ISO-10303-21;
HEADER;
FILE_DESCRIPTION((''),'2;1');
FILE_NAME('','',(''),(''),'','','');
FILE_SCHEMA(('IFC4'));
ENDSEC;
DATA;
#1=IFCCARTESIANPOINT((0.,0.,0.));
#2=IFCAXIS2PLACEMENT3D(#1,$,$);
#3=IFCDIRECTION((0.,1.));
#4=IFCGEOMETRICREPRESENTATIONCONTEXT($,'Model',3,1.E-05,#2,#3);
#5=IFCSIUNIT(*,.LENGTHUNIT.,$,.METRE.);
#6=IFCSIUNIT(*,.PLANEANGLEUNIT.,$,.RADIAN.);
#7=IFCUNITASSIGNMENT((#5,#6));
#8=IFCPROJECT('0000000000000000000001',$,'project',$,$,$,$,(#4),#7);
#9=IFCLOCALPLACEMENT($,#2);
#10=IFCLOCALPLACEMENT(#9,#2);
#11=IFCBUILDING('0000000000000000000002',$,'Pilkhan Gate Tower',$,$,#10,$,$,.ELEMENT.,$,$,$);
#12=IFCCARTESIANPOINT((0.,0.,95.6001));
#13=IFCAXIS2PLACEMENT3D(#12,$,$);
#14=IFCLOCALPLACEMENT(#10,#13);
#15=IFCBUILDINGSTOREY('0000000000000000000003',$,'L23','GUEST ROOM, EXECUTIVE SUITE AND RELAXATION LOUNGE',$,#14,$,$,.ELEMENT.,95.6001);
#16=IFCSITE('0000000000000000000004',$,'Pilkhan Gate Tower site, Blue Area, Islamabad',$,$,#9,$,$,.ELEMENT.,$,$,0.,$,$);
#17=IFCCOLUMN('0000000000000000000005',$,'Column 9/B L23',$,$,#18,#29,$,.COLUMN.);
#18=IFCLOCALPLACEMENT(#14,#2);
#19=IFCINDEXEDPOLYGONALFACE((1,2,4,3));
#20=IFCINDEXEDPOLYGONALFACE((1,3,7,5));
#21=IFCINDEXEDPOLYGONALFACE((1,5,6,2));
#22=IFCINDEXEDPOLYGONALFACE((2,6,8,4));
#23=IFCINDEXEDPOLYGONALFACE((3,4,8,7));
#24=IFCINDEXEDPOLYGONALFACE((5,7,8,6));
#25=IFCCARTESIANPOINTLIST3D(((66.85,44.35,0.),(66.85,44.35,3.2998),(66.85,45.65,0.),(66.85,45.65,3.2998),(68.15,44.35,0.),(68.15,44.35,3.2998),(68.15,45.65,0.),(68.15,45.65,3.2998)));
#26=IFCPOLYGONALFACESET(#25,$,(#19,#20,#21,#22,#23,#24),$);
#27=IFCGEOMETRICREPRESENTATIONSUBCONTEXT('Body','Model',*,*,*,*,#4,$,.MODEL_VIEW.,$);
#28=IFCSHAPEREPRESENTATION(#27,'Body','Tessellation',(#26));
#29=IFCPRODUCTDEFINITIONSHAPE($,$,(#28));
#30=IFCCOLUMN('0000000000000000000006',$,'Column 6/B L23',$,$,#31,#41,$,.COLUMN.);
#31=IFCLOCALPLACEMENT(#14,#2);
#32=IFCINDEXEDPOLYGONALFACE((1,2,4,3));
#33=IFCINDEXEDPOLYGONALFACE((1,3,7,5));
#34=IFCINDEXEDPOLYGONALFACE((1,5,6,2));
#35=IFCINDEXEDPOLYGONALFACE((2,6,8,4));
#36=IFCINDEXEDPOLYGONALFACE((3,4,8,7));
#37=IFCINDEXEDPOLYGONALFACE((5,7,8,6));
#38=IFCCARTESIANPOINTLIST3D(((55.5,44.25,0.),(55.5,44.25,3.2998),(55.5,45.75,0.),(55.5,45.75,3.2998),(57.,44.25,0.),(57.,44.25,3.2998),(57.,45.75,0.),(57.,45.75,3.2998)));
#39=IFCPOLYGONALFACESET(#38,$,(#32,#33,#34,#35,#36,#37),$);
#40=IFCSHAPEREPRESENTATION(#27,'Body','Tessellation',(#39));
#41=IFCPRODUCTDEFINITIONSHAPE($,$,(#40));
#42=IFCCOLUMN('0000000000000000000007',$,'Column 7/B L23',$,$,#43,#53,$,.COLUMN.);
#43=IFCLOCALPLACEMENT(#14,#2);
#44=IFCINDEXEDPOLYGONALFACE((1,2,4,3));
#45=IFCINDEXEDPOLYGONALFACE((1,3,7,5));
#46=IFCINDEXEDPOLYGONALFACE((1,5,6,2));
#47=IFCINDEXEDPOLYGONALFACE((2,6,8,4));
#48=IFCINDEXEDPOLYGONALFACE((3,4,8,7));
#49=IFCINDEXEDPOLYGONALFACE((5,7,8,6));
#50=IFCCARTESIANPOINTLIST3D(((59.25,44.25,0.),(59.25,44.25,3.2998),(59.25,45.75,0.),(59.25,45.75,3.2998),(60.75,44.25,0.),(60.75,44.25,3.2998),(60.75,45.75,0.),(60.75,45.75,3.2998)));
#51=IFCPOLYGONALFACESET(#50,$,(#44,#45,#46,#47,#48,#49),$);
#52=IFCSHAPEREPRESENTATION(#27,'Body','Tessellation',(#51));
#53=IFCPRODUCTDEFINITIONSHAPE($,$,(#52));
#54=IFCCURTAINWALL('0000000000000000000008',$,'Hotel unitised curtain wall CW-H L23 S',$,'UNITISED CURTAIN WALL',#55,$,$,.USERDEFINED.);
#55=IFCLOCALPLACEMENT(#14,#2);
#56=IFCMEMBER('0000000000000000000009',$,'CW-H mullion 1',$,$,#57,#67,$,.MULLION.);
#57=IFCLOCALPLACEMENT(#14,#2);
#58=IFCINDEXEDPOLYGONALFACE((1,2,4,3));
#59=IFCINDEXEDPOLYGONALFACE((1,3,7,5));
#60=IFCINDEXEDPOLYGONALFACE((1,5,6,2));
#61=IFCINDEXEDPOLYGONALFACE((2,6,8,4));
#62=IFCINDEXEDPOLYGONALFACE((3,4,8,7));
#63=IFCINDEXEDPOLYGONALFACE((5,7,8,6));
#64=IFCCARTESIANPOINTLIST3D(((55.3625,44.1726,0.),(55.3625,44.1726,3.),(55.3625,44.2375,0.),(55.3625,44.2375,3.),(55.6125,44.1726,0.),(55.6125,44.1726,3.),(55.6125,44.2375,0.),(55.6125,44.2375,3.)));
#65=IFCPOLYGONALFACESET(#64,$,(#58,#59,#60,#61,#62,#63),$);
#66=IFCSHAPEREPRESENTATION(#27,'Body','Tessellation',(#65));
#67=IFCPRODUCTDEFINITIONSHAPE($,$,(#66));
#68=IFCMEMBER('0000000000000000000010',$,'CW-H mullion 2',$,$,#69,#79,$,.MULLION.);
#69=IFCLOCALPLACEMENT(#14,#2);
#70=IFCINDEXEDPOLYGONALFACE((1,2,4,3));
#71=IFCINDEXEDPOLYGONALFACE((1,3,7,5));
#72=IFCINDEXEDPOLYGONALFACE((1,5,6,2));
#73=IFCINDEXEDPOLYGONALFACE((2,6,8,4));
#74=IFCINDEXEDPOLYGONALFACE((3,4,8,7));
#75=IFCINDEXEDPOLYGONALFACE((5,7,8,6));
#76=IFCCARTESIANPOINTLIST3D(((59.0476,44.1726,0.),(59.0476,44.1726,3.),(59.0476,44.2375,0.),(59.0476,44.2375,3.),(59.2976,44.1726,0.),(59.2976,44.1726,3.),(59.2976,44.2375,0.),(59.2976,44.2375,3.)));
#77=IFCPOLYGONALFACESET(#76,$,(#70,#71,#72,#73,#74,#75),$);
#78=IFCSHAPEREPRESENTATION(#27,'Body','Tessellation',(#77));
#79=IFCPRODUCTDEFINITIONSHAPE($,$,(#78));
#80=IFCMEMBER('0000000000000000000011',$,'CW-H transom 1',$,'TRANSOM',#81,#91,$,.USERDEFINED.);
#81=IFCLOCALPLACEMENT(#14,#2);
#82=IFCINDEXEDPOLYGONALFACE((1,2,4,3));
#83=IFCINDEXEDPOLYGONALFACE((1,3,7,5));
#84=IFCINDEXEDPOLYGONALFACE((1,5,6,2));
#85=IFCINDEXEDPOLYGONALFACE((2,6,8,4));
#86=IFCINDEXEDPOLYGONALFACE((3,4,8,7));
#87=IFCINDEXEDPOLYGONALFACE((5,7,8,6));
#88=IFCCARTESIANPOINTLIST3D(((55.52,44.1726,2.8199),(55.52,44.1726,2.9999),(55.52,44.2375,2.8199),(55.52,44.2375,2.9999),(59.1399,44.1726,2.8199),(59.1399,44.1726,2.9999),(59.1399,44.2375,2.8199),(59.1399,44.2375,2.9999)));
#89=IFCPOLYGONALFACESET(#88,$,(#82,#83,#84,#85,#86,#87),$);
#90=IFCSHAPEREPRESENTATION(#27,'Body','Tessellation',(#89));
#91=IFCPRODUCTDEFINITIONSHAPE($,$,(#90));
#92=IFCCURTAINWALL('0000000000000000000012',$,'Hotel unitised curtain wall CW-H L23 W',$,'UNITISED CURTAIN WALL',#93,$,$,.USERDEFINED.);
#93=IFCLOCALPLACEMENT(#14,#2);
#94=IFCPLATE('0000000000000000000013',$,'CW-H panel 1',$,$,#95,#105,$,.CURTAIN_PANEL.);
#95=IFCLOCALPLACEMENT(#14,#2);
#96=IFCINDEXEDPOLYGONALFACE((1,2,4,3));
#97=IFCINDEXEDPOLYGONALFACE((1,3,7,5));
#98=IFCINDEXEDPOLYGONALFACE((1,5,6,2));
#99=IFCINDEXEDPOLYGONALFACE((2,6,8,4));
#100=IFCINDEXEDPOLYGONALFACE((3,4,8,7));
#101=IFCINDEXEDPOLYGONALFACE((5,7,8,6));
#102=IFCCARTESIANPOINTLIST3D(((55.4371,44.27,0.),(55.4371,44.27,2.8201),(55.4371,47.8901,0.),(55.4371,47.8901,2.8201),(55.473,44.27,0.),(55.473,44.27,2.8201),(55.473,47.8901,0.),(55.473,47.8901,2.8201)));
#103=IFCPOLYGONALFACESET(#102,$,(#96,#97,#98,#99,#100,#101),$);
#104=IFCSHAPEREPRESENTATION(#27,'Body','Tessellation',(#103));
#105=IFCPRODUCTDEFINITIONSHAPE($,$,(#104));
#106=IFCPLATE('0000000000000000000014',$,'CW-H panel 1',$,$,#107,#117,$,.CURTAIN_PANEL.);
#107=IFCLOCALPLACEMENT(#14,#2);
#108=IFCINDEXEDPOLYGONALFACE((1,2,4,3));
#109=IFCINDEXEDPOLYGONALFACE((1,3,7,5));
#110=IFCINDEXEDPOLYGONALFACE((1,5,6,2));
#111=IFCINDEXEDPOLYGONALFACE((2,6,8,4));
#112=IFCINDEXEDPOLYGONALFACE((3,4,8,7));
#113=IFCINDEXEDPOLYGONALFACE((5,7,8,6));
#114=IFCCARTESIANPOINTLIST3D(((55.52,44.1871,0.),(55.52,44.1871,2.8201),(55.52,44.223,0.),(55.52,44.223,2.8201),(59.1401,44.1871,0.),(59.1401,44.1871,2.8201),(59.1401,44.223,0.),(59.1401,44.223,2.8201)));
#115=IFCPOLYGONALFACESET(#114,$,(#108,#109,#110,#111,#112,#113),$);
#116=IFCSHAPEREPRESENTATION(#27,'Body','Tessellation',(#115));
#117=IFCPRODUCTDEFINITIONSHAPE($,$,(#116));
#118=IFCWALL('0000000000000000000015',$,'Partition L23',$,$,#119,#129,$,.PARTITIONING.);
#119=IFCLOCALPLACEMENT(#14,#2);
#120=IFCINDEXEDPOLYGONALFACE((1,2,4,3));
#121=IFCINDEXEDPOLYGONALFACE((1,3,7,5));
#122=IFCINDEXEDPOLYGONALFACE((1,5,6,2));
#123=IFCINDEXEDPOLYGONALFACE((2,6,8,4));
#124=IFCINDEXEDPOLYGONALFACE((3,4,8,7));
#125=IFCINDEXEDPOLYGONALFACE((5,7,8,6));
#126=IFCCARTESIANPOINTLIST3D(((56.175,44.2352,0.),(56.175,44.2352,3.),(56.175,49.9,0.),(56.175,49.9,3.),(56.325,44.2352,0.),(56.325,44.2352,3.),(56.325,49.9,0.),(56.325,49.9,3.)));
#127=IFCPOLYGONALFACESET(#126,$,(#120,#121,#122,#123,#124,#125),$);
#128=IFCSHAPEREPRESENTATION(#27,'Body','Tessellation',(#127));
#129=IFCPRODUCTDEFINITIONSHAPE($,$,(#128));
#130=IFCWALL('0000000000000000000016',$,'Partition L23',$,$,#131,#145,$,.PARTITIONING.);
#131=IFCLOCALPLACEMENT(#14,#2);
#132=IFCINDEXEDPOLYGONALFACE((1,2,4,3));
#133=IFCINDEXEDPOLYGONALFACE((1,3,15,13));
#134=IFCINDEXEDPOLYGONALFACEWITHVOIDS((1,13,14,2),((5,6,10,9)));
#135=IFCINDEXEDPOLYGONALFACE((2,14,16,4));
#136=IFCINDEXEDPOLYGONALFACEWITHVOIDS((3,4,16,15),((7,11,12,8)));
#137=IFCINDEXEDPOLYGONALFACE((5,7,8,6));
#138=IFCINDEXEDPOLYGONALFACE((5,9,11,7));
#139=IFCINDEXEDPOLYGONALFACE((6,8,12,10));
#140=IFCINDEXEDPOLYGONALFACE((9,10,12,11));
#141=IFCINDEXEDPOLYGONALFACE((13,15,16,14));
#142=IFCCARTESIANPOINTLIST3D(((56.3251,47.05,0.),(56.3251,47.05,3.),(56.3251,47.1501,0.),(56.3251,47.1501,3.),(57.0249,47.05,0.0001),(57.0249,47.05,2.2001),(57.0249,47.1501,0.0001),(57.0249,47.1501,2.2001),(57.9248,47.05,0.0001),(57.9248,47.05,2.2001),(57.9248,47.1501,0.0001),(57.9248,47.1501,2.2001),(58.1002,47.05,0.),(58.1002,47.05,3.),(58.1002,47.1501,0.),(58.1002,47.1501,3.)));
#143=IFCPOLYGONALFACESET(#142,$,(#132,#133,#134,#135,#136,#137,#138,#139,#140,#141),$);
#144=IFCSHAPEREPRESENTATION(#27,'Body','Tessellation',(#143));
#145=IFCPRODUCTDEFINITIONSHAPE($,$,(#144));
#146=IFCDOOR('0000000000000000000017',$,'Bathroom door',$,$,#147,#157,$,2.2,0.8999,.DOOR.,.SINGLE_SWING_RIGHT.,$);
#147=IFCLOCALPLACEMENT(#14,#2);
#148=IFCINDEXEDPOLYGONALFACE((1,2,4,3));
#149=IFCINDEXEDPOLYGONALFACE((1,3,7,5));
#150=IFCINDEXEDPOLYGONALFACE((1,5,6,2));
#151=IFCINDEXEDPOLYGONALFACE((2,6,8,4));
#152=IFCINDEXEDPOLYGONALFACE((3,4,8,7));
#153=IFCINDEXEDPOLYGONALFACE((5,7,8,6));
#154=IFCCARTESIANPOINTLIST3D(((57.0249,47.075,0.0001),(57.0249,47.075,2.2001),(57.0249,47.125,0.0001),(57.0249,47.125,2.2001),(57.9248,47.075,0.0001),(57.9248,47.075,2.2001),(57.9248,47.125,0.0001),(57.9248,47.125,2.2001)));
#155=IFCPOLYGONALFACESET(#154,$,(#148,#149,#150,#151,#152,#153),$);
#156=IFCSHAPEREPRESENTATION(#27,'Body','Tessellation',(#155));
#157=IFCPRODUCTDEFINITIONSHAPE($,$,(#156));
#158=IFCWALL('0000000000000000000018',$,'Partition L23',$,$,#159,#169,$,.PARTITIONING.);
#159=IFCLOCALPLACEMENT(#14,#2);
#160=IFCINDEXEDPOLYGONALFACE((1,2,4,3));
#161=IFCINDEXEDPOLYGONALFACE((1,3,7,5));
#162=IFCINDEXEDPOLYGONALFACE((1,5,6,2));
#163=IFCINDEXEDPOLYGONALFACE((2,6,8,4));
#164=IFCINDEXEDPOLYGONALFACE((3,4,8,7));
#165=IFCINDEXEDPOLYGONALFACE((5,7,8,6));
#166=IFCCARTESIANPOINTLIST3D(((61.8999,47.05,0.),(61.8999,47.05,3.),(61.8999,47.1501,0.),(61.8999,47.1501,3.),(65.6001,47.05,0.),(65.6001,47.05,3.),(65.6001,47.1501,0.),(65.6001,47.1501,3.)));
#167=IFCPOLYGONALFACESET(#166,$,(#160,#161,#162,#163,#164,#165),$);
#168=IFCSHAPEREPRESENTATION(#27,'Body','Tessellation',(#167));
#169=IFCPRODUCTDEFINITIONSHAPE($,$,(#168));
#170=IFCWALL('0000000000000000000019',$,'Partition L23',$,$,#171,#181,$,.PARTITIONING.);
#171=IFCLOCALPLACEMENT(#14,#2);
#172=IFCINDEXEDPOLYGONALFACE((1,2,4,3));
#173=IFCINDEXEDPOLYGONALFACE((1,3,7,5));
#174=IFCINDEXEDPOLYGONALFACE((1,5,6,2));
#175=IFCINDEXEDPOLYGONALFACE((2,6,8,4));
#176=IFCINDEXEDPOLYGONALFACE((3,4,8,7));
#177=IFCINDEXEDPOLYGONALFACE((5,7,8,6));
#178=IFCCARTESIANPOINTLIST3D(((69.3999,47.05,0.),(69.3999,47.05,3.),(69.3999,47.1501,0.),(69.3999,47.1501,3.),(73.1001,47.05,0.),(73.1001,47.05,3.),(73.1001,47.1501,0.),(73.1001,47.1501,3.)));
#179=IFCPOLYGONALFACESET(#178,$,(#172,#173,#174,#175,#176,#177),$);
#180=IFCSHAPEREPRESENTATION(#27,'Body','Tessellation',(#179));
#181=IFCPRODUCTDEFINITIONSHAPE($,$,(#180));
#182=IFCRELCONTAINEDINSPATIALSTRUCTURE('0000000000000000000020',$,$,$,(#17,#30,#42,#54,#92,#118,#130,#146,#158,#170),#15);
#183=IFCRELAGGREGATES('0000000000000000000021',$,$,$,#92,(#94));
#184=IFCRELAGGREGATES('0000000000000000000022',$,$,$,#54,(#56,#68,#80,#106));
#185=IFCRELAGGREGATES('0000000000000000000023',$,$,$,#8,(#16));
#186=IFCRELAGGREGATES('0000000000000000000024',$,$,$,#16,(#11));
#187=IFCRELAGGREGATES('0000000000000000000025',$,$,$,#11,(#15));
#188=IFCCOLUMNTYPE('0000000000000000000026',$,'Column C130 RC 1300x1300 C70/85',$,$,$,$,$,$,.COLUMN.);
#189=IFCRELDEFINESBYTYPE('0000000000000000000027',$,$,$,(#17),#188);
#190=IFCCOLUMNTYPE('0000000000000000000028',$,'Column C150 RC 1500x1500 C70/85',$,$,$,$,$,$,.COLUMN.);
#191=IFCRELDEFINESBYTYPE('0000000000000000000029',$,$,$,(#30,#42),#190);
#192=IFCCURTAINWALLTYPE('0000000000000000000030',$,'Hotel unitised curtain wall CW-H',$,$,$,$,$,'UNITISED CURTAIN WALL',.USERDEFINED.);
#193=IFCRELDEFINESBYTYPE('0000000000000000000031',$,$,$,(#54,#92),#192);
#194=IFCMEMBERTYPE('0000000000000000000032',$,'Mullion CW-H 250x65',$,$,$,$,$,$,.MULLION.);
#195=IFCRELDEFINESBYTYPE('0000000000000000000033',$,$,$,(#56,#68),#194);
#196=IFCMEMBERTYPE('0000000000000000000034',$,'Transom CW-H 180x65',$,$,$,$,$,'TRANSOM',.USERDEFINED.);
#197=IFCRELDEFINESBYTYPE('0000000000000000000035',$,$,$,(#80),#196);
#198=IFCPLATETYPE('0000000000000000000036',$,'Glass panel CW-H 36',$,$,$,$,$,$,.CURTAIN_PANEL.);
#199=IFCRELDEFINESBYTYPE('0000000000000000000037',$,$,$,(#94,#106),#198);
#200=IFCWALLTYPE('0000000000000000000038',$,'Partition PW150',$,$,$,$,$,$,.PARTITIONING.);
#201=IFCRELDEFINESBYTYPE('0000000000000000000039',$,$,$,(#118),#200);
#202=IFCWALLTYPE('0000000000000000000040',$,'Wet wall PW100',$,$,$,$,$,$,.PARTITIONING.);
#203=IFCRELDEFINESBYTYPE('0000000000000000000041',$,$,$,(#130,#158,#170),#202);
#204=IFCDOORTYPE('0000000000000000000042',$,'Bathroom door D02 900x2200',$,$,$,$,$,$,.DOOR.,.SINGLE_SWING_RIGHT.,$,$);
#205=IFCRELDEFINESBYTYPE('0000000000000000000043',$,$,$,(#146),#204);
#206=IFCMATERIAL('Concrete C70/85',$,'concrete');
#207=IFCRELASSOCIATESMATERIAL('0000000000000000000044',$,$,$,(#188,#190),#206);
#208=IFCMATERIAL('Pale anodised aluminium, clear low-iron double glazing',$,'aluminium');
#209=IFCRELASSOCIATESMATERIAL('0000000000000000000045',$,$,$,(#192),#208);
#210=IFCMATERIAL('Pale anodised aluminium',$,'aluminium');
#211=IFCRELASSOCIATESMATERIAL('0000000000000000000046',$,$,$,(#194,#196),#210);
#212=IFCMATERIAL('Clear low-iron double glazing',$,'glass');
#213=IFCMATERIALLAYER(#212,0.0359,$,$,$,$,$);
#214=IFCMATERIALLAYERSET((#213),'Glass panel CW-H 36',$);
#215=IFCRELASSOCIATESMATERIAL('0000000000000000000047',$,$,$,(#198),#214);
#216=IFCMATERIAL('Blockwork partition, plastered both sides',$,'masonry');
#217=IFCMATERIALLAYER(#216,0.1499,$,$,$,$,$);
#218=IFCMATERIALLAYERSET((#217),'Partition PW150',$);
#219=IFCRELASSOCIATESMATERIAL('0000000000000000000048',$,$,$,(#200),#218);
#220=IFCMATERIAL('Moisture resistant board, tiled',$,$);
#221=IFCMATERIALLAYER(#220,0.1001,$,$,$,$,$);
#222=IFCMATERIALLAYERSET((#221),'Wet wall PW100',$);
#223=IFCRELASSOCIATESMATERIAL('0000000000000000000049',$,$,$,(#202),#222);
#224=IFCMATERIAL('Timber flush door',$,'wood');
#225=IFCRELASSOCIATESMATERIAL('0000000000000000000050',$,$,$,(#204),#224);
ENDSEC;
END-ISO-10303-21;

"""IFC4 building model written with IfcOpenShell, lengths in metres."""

from ifc_helpers import new_model, si_unit, direction, frame, frame_2d, origin, origin_2d, place, context, subcontext, project, spatial, rectangle, extrude, material, layer, layer_set, material_profile, profile_set, type_object, element, fill, aggregate, save


model = new_model("IFC4")

# Units and contexts
model_context = context("Model", 3, precision=1e-05, world=origin(), true_north=direction((0.0, 1.0)))
body_context = subcontext(model_context, "Body", "Model", "MODEL_VIEW")
ifc_project = project(units=[si_unit("LENGTHUNIT", "METRE"), si_unit("PLANEANGLEUNIT", "RADIAN")], contexts=[model_context])

# Site, building, storey
site_placement = place(None, origin())
site = spatial("IfcSite", under=ifc_project, at=site_placement, Name="Pilkhan Gate Tower site, Blue Area, Islamabad", CompositionType="ELEMENT", RefElevation=0.0)
building_placement = place(site_placement, origin())
building = spatial("IfcBuilding", under=site, at=building_placement, Name="Pilkhan Gate Tower", CompositionType="ELEMENT")
storey_placement = place(building_placement, frame((0.0, 0.0, 95.6001)))
storey = spatial("IfcBuildingStorey", under=building, at=storey_placement, Name="L23", Description="GUEST ROOM, EXECUTIVE SUITE AND RELAXATION LOUNGE", CompositionType="ELEMENT", Elevation=95.6001)

# Columns
ifc_material_1 = material(Name="Concrete C70/85", Category="concrete")
ifc_material_profile_1 = material_profile(ifc_material_1, rectangle(XDim=1.3, YDim=1.3, at=origin_2d()), Name="RC 1300x1300")
ifc_profile_set_1 = profile_set([ifc_material_profile_1], Name="Concrete C70/85")
column_type_1 = type_object("IfcColumnType", Name="Column C130 RC 1300x1300 C70/85", PredefinedType="COLUMN", material=ifc_profile_set_1)
column_placement = place(storey_placement, frame((67.5, 45.0, 0.0), z_axis=(0.0, 0.0, 1.0), x_axis=(1.0, 0.0, 0.0)))
element("IfcColumn", 1, at=column_placement, inside=storey, type_object=column_type_1, Name="Column 9/B L23", PredefinedType="COLUMN", context=body_context, shape_type="SweptSolid", body=[
    extrude(rectangle(XDim=1.3, YDim=1.3, at=origin_2d()), origin(), (0.0, 0.0, 1.0), 3.2998),
])
ifc_material_profile_2 = material_profile(ifc_material_1, rectangle(XDim=1.5, YDim=1.5, at=origin_2d()), Name="RC 1500x1500")
ifc_profile_set_2 = profile_set([ifc_material_profile_2], Name="Concrete C70/85")
column_type_2 = type_object("IfcColumnType", Name="Column C150 RC 1500x1500 C70/85", PredefinedType="COLUMN", material=ifc_profile_set_2)
for number, where, z_axis, x_axis, name in (
    (2, (56.25, 45.0, 0.0), (0.0, 0.0, 1.0), (1.0, 0.0, 0.0), "Column 6/B L23"),
    (3, (60.0, 45.0, 0.0), (0.0, 0.0, 1.0), (1.0, 0.0, 0.0), "Column 7/B L23"),
):
    element("IfcColumn", number, at=place(storey_placement, frame(where, z_axis=z_axis, x_axis=x_axis)), inside=storey, type_object=column_type_2, Name=name, PredefinedType="COLUMN", context=body_context, shape_type="SweptSolid", body=[
        extrude(rectangle(XDim=1.5, YDim=1.5, at=origin_2d()), origin(), (0.0, 0.0, 1.0), 3.2998),
    ])

# Curtain wall, members
ifc_material_2 = material(Name="Pale anodised aluminium, clear low-iron double glazing", Category="aluminium")
curtain_wall_type = type_object("IfcCurtainWallType", Name="Hotel unitised curtain wall CW-H", ElementType="UNITISED CURTAIN WALL", PredefinedType="USERDEFINED", material=ifc_material_2)
curtain_wall_1_placement = place(storey_placement, origin())
curtain_wall_1 = element("IfcCurtainWall", 4, at=curtain_wall_1_placement, inside=storey, type_object=curtain_wall_type, Name="Hotel unitised curtain wall CW-H L23 S", ObjectType="UNITISED CURTAIN WALL", PredefinedType="USERDEFINED")
ifc_material_3 = material(Name="Pale anodised aluminium", Category="aluminium")
ifc_material_profile_3 = material_profile(ifc_material_3, rectangle(XDim=0.0649, YDim=0.25, at=origin_2d()), Name="Mullion 250x65")
ifc_profile_set_3 = profile_set([ifc_material_profile_3], Name="Pale anodised aluminium")
member_type_1 = type_object("IfcMemberType", Name="Mullion CW-H 250x65", PredefinedType="MULLION", material=ifc_profile_set_3)
member_1_placement = place(storey_placement, frame((55.4875, 44.2051, 0.0), z_axis=(0.0, 0.0, 1.0), x_axis=(0.0, 1.0, 0.0)))
member_1 = element("IfcMember", 5, at=member_1_placement, type_object=member_type_1, Name="CW-H mullion 1", PredefinedType="MULLION", context=body_context, shape_type="SweptSolid", body=[
    extrude(rectangle(XDim=0.0649, YDim=0.25, at=origin_2d()), origin(), (0.0, 0.0, 1.0), 3.0),
])
member_2_placement = place(storey_placement, frame((59.1726, 44.2051, 0.0), z_axis=(0.0, 0.0, 1.0), x_axis=(0.0, 1.0, 0.0)))
member_2 = element("IfcMember", 6, at=member_2_placement, type_object=member_type_1, Name="CW-H mullion 2", PredefinedType="MULLION", context=body_context, shape_type="SweptSolid", body=[
    extrude(rectangle(XDim=0.0649, YDim=0.25, at=origin_2d()), origin(), (0.0, 0.0, 1.0), 3.0),
])
ifc_material_profile_4 = material_profile(ifc_material_3, rectangle(XDim=0.0649, YDim=0.1799, at=origin_2d()), Name="Transom 180x65")
ifc_profile_set_4 = profile_set([ifc_material_profile_4], Name="Pale anodised aluminium")
member_type_2 = type_object("IfcMemberType", Name="Transom CW-H 180x65", ElementType="TRANSOM", PredefinedType="USERDEFINED", material=ifc_profile_set_4)
member_3_placement = place(storey_placement, frame((55.52, 44.2051, 2.9099), z_axis=(1.0, 0.0, 0.0), x_axis=(0.0, 1.0, 0.0)))
member_3 = element("IfcMember", 7, at=member_3_placement, type_object=member_type_2, Name="CW-H transom 1", ObjectType="TRANSOM", PredefinedType="USERDEFINED", context=body_context, shape_type="SweptSolid", body=[
    extrude(rectangle(XDim=0.0649, YDim=0.1799, at=origin_2d()), origin(), (0.0, 0.0, 1.0), 3.6199),
])

# Curtain wall, plate
curtain_wall_2_placement = place(storey_placement, origin())
curtain_wall_2 = element("IfcCurtainWall", 8, at=curtain_wall_2_placement, inside=storey, type_object=curtain_wall_type, Name="Hotel unitised curtain wall CW-H L23 W", ObjectType="UNITISED CURTAIN WALL", PredefinedType="USERDEFINED")
ifc_material_4 = material(Name="Clear low-iron double glazing", Category="glass")
ifc_layer_1 = layer(ifc_material_4, 0.0359)
ifc_layer_set_1 = layer_set([ifc_layer_1], Name="Glass panel CW-H 36")
plate_type = type_object("IfcPlateType", Name="Glass panel CW-H 36", PredefinedType="CURTAIN_PANEL", material=ifc_layer_set_1)
plate_1_placement = place(storey_placement, frame((55.4551, 46.0801, 0.0), z_axis=(0.0, 0.0, 1.0), x_axis=(0.0, 1.0, 0.0)))
plate_1 = element("IfcPlate", 9, at=plate_1_placement, type_object=plate_type, Name="CW-H panel 1", PredefinedType="CURTAIN_PANEL", context=body_context, shape_type="SweptSolid", body=[
    extrude(rectangle(XDim=3.6201, YDim=0.0359, at=origin_2d()), origin(), (0.0, 0.0, 1.0), 2.8201),
])
aggregate(curtain_wall_2, [plate_1])

# Plate
plate_2_placement = place(storey_placement, frame((57.3301, 44.2051, 0.0), z_axis=(0.0, 0.0, 1.0), x_axis=(1.0, 0.0, 0.0)))
plate_2 = element("IfcPlate", 10, at=plate_2_placement, type_object=plate_type, Name="CW-H panel 1", PredefinedType="CURTAIN_PANEL", context=body_context, shape_type="SweptSolid", body=[
    extrude(rectangle(XDim=3.6201, YDim=0.0359, at=origin_2d()), origin(), (0.0, 0.0, 1.0), 2.8201),
])
aggregate(curtain_wall_1, [member_1, member_2, member_3, plate_2])

# Wall
ifc_material_5 = material(Name="Blockwork partition, plastered both sides", Category="masonry")
ifc_layer_2 = layer(ifc_material_5, 0.1499)
ifc_layer_set_2 = layer_set([ifc_layer_2], Name="Partition PW150")
wall_type_1 = type_object("IfcWallType", Name="Partition PW150", PredefinedType="PARTITIONING", material=ifc_layer_set_2)
wall_1_placement = place(storey_placement, frame((56.25, 44.2351, 0.0), z_axis=(0.0, 0.0, 1.0), x_axis=(0.0, 1.0, 0.0)))
element("IfcWall", 11, at=wall_1_placement, inside=storey, type_object=wall_type_1, Name="Partition L23", PredefinedType="PARTITIONING", context=body_context, shape_type="SweptSolid", body=[
    extrude(rectangle(XDim=5.6648, YDim=0.1499, at=frame_2d((2.8325, 0.0))), origin(), (0.0, 0.0, 1.0), 3.0),
])

# Wall, opening, door
ifc_material_6 = material(Name="Moisture resistant board, tiled")
ifc_layer_3 = layer(ifc_material_6, 0.1001)
ifc_layer_set_3 = layer_set([ifc_layer_3], Name="Wet wall PW100")
wall_type_2 = type_object("IfcWallType", Name="Wet wall PW100", PredefinedType="PARTITIONING", material=ifc_layer_set_3)
wall_2_placement = place(storey_placement, frame((56.325, 47.1001, 0.0), z_axis=(0.0, 0.0, 1.0), x_axis=(1.0, 0.0, 0.0)))
wall_2 = element("IfcWall", 12, at=wall_2_placement, inside=storey, type_object=wall_type_2, Name="Partition L23", PredefinedType="PARTITIONING", context=body_context, shape_type="SweptSolid", body=[
    extrude(rectangle(XDim=1.7751, YDim=0.1001, at=frame_2d((0.8877, 0.0))), origin(), (0.0, 0.0, 1.0), 3.0),
])
opening_1_placement = place(wall_2_placement, frame((0.7, 0.0, 0.0)))
opening_1 = element("IfcOpeningElement", 13, at=opening_1_placement, cuts=wall_2, PredefinedType="OPENING", context=body_context, shape_type="SweptSolid", body=[
    extrude(rectangle(XDim=0.8999, YDim=2.2, at=frame_2d((0.45, 1.1001))), frame((0.0, 0.0601, 0.0), z_axis=(0.0, -1.0, 0.0), x_axis=(1.0, 0.0, 0.0)), (0.0, 0.0, 1.0), 0.1201),
])
ifc_material_7 = material(Name="Timber flush door", Category="wood")
door_type = type_object("IfcDoorType", Name="Bathroom door D02 900x2200", OperationType="SINGLE_SWING_RIGHT", PredefinedType="DOOR", material=ifc_material_7)
door_1_placement = place(opening_1_placement, origin())
door_1 = element("IfcDoor", 14, at=door_1_placement, inside=storey, type_object=door_type, Name="Bathroom door", OperationType="SINGLE_SWING_RIGHT", OverallHeight=2.2, OverallWidth=0.8999, PredefinedType="DOOR", context=body_context, shape_type="SweptSolid", body=[
    extrude(rectangle(XDim=0.8999, YDim=2.2, at=frame_2d((0.45, 1.1001))), frame((0.0, 0.0249, 0.0), z_axis=(0.0, -1.0, 0.0), x_axis=(1.0, 0.0, 0.0)), (0.0, 0.0, 1.0), 0.05),
])
fill(opening_1, door_1)

# Walls
for number, where, z_axis, x_axis, name in (
    (15, (61.8999, 47.1001, 0.0), (0.0, 0.0, 1.0), (1.0, 0.0, 0.0), "Partition L23"),
    (16, (69.3999, 47.1001, 0.0), (0.0, 0.0, 1.0), (1.0, 0.0, 0.0), "Partition L23"),
):
    element("IfcWall", number, at=place(storey_placement, frame(where, z_axis=z_axis, x_axis=x_axis)), inside=storey, type_object=wall_type_2, Name=name, PredefinedType="PARTITIONING", context=body_context, shape_type="SweptSolid", body=[
        extrude(rectangle(XDim=3.7002, YDim=0.1001, at=frame_2d((1.8501, 0.0))), origin(), (0.0, 0.0, 1.0), 3.0),
    ])

save(model, "model.ifc")
